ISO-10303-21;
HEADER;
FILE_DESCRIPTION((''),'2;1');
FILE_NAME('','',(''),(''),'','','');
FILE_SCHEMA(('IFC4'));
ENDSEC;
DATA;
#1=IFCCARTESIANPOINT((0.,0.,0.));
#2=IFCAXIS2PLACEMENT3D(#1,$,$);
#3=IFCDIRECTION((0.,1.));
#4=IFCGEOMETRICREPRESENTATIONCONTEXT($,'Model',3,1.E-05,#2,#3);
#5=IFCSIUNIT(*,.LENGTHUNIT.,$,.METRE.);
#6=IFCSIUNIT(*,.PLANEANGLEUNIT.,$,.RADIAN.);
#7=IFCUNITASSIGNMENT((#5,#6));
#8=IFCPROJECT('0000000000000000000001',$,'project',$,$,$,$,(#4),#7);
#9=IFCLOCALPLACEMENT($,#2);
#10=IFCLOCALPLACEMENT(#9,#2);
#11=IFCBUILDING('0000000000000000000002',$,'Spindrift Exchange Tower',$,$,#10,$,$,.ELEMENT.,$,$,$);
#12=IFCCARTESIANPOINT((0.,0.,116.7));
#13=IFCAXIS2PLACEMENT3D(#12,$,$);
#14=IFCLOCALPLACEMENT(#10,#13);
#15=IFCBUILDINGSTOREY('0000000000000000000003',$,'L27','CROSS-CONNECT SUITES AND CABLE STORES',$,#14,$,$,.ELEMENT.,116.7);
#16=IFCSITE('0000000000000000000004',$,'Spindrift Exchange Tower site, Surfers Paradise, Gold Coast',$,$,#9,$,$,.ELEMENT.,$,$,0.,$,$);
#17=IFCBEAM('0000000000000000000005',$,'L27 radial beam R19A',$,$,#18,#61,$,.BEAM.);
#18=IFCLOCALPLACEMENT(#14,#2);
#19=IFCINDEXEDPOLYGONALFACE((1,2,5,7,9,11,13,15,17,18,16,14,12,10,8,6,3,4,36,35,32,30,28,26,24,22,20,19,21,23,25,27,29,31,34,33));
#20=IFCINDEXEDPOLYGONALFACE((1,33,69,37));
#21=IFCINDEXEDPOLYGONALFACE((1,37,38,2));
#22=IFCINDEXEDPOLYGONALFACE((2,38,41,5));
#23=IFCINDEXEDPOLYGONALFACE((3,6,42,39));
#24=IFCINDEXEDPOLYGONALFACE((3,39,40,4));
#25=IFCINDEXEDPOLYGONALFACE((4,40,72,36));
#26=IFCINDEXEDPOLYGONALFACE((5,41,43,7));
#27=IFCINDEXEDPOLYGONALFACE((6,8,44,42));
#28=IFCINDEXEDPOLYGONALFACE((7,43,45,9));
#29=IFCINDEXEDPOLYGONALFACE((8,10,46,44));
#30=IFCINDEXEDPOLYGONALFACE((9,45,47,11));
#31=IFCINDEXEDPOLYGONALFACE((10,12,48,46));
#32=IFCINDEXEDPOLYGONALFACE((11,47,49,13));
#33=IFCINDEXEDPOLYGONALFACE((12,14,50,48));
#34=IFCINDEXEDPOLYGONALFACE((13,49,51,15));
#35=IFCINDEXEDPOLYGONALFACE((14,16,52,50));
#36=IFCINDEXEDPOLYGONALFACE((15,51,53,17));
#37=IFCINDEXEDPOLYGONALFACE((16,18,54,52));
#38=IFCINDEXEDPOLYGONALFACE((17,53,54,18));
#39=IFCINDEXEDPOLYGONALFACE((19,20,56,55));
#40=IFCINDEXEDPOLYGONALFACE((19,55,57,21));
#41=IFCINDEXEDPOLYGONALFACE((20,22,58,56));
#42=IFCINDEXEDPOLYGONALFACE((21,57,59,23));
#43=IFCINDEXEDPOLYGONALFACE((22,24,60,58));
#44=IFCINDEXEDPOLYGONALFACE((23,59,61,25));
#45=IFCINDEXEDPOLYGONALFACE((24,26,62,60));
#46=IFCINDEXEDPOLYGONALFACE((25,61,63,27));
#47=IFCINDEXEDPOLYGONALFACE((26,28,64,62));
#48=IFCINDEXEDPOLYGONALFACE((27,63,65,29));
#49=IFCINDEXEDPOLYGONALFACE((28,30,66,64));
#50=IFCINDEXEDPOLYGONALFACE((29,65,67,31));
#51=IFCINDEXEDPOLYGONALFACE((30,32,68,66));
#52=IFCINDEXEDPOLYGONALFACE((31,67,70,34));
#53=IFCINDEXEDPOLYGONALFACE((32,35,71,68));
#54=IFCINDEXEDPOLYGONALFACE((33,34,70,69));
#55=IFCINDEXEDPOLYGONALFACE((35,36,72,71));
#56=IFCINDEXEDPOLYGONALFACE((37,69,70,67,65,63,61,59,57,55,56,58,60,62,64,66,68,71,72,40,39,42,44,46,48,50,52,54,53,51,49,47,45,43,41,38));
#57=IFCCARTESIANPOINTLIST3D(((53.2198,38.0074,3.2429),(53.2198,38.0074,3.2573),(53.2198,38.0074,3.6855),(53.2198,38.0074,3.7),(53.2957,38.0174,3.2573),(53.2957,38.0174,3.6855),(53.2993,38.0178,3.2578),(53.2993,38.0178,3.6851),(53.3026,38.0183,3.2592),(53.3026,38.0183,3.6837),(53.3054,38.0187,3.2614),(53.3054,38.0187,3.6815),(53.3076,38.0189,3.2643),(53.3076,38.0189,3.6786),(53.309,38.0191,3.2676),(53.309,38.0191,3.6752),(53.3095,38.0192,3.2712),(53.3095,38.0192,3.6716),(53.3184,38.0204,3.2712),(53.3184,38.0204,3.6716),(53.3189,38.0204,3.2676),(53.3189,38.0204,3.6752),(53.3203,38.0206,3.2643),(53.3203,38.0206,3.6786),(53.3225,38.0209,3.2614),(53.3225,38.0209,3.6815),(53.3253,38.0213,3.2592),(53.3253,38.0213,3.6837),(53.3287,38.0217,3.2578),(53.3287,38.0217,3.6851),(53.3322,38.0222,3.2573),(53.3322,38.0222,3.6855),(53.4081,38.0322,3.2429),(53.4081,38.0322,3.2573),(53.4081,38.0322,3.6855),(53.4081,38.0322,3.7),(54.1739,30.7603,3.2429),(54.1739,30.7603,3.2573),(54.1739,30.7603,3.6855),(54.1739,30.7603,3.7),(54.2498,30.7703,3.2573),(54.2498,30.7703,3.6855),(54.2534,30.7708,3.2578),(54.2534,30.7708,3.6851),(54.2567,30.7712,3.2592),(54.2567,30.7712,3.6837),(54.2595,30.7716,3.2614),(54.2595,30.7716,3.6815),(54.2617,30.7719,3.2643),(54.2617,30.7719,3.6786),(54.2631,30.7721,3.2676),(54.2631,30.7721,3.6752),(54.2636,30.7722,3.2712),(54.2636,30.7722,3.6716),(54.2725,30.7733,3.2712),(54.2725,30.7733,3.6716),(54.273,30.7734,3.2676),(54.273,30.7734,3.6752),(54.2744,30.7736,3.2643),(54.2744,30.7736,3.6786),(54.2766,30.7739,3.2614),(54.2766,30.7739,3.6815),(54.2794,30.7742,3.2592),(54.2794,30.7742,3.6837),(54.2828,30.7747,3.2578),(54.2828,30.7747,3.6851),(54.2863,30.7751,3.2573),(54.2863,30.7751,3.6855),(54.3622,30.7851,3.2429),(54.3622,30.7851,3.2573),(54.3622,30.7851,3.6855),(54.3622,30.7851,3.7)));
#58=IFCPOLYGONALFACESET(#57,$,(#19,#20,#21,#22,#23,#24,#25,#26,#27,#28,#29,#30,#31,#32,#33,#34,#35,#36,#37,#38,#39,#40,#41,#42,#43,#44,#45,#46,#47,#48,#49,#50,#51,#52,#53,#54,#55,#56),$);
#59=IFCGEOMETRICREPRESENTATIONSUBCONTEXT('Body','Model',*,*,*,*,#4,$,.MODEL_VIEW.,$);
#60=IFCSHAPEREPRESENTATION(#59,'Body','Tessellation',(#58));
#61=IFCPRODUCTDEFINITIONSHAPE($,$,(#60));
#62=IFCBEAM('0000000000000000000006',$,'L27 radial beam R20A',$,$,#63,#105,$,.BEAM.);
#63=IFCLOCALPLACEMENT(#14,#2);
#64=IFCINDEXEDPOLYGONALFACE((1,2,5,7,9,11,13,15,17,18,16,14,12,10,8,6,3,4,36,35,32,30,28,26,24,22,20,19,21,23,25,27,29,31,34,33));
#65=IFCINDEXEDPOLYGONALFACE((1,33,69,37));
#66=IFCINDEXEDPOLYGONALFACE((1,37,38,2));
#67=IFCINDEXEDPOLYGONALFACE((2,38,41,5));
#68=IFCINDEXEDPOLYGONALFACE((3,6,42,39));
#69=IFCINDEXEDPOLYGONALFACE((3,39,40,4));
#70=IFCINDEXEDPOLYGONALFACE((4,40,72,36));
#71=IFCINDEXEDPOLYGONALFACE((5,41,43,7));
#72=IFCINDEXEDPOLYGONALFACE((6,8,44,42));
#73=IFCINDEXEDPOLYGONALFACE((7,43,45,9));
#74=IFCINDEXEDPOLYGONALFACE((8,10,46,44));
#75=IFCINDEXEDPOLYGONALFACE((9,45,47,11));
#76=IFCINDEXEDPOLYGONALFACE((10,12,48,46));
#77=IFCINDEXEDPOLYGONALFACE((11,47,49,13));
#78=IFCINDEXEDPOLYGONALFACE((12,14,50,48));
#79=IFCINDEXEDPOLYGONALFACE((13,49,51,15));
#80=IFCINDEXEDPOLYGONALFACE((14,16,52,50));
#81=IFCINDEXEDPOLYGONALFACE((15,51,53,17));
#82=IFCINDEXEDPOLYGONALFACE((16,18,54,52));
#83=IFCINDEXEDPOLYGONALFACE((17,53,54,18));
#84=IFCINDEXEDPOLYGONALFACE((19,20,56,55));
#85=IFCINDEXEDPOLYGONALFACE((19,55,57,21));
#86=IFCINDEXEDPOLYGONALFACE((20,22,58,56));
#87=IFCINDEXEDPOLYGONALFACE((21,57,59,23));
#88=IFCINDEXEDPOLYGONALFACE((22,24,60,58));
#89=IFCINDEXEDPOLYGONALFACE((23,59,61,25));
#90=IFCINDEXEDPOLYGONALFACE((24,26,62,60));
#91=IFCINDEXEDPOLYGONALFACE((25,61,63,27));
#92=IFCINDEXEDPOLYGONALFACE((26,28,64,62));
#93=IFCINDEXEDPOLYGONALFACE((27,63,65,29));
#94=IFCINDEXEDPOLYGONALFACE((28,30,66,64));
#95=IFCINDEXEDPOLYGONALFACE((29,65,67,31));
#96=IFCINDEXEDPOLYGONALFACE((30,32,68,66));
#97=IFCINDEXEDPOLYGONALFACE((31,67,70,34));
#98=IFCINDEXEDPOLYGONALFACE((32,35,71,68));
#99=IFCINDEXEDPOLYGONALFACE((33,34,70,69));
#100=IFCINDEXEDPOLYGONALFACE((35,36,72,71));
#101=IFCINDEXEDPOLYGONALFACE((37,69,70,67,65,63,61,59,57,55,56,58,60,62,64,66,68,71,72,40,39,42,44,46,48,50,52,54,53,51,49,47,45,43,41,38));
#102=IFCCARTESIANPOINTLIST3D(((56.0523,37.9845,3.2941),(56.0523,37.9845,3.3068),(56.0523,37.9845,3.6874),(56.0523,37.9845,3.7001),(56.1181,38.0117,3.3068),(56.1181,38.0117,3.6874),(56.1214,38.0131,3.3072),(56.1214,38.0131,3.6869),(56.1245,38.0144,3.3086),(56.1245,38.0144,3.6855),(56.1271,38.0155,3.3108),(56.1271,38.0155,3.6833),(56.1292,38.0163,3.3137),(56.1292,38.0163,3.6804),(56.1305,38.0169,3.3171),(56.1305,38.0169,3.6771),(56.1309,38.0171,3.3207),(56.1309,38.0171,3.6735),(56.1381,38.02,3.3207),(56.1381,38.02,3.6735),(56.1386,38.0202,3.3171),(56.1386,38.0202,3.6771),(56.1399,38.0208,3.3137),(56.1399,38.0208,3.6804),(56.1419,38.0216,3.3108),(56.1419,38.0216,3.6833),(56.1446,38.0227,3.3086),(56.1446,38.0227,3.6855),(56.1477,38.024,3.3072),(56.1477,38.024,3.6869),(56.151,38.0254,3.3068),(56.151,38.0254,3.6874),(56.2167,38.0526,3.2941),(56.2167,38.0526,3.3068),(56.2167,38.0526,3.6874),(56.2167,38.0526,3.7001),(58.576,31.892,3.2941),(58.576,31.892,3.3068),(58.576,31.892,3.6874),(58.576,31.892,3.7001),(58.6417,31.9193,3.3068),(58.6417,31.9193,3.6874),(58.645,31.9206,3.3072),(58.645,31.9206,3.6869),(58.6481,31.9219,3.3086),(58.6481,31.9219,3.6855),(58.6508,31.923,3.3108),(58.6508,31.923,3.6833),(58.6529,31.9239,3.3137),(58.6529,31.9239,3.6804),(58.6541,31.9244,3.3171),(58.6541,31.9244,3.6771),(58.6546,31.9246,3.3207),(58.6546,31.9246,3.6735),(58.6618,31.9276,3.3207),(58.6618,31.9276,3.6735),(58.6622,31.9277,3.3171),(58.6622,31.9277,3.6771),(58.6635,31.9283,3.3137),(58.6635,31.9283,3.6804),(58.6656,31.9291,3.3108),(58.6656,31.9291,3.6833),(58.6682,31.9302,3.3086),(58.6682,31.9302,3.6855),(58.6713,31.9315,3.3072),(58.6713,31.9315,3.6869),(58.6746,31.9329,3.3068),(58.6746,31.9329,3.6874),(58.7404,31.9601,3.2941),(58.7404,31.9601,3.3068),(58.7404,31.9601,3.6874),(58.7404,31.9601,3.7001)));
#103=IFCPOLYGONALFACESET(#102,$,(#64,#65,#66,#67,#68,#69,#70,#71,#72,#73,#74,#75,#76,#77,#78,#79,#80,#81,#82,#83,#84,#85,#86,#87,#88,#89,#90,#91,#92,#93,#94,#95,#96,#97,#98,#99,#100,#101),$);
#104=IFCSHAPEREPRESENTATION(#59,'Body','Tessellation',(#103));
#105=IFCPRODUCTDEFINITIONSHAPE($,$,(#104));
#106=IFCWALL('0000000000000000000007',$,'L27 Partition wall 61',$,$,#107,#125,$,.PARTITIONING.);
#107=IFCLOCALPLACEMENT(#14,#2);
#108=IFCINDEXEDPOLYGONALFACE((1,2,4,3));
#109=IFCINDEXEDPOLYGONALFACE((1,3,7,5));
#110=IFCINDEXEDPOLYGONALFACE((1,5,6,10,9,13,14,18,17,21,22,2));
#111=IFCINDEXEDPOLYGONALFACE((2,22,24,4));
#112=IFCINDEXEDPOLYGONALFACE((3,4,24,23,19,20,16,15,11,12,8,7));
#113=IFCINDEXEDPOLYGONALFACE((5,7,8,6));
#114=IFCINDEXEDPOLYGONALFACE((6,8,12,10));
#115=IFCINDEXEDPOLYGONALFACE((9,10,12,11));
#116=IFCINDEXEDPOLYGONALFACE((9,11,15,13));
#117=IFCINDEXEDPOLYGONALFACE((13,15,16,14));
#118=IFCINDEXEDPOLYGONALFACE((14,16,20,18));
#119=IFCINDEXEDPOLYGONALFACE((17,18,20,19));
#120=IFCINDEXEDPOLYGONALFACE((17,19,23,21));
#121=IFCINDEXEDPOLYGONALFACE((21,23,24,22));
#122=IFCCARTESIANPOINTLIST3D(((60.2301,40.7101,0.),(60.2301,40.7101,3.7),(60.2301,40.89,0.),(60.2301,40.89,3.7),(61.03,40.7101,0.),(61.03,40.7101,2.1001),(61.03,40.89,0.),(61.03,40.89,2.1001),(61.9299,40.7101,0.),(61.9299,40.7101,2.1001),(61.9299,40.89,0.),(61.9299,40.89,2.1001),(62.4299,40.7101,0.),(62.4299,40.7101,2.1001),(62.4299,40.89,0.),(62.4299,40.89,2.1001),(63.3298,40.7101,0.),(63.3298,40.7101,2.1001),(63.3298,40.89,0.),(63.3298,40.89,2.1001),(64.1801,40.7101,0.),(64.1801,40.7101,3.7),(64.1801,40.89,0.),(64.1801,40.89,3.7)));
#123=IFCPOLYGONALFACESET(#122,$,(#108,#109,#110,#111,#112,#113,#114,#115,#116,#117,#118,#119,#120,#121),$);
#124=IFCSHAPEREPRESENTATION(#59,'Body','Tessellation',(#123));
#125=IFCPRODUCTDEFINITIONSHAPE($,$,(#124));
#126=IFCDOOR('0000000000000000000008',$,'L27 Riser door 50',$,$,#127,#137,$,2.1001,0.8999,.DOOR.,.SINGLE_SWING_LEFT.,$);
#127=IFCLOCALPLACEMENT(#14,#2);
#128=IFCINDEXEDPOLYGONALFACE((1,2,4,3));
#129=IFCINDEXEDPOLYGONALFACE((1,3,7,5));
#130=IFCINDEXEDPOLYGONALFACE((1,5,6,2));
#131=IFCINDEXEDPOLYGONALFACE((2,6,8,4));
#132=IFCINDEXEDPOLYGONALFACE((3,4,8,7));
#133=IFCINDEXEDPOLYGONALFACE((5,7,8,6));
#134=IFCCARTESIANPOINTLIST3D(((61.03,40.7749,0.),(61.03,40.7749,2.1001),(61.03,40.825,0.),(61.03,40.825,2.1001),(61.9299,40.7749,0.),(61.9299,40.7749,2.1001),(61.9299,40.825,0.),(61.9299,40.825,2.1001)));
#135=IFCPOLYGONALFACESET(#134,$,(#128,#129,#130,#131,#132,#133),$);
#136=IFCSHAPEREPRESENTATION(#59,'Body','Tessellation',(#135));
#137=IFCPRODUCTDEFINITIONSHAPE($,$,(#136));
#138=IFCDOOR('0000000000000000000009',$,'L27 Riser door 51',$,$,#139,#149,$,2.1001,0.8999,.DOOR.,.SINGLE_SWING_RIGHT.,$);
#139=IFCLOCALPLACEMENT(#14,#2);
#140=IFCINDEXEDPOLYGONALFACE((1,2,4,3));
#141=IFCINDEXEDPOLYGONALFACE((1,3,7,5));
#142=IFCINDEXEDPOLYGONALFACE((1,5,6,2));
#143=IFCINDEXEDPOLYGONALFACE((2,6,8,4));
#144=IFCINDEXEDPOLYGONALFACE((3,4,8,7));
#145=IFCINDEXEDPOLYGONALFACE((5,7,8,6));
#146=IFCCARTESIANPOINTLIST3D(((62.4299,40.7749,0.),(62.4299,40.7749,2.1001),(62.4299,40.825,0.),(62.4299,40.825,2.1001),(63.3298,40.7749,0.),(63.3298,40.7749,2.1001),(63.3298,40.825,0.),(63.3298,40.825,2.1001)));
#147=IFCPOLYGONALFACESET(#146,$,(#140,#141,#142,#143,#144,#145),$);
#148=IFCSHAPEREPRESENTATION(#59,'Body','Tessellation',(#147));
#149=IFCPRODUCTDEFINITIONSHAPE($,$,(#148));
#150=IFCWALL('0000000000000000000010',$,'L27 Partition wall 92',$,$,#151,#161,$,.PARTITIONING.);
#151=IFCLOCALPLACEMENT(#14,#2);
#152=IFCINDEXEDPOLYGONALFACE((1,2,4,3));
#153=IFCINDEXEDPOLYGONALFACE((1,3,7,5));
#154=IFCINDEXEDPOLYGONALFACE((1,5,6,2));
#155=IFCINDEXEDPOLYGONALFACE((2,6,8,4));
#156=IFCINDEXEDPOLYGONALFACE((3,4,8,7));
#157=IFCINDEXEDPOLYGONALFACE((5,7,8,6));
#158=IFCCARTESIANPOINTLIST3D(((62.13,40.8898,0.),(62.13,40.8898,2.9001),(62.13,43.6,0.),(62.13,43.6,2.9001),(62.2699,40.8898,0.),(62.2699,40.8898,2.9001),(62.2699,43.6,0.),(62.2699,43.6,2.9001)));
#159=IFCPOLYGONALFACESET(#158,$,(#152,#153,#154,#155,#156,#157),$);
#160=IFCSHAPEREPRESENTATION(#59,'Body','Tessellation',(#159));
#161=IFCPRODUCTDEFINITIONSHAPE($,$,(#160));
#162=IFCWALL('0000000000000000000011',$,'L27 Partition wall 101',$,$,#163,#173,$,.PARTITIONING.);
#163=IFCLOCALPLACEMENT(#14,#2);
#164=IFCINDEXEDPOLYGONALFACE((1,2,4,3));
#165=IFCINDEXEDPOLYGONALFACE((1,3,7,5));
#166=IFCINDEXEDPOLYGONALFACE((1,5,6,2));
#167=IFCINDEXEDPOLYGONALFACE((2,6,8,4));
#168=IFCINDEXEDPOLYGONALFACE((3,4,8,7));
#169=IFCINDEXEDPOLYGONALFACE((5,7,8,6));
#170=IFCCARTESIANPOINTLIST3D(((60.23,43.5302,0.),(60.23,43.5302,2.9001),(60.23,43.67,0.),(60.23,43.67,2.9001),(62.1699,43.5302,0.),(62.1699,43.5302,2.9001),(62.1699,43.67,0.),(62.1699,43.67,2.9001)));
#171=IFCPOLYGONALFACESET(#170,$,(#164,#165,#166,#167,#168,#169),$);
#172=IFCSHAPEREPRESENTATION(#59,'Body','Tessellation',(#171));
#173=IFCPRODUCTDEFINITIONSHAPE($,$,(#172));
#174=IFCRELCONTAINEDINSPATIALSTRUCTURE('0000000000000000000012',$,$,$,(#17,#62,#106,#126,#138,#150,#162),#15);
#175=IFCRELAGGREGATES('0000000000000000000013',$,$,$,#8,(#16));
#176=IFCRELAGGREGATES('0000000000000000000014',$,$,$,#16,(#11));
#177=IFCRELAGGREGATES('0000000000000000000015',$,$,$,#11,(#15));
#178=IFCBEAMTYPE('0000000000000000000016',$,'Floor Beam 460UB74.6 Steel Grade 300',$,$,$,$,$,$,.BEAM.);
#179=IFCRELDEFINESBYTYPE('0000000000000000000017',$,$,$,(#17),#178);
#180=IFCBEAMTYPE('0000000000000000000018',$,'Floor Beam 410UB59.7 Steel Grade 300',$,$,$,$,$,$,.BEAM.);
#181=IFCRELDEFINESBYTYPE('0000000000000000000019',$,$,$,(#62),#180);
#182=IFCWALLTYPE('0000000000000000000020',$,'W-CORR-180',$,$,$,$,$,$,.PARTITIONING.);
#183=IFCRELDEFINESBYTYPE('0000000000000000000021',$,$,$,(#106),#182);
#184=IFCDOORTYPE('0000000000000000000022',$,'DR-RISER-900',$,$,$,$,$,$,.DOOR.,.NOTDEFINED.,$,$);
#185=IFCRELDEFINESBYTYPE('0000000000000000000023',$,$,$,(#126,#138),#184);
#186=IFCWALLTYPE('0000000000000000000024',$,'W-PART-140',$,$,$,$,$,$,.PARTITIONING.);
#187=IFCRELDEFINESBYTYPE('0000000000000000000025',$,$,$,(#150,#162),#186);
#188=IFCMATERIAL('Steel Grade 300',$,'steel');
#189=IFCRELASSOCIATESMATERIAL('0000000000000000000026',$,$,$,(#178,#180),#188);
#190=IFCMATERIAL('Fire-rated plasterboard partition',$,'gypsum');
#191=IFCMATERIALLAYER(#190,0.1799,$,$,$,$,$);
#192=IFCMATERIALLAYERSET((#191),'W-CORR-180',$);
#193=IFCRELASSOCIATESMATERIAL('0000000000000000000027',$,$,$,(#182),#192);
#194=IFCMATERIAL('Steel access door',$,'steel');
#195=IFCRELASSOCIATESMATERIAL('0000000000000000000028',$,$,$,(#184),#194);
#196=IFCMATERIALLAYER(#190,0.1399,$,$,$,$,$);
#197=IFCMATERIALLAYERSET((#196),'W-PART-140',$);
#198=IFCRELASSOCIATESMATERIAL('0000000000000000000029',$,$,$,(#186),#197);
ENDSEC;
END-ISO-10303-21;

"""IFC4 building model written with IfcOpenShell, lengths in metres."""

from ifc_helpers import new_model, si_unit, direction, frame, frame_2d, origin, origin_2d, place, context, subcontext, project, spatial, rectangle, i_section, extrude, source, transform, mapped, material, layer, layer_set, material_profile, profile_set, type_object, element, fill, save


model = new_model("IFC4")

# Units and contexts
model_context = context("Model", 3, precision=1e-05, world=origin(), true_north=direction((0.0, 1.0)))
body_context = subcontext(model_context, "Body", "Model", "MODEL_VIEW")
ifc_project = project(units=[si_unit("LENGTHUNIT", "METRE"), si_unit("PLANEANGLEUNIT", "RADIAN")], contexts=[model_context])

# Site, building, storey
site_placement = place(None, origin())
site = spatial("IfcSite", under=ifc_project, at=site_placement, Name="Spindrift Exchange Tower site, Surfers Paradise, Gold Coast", CompositionType="ELEMENT", RefElevation=0.0)
building_placement = place(site_placement, origin())
building = spatial("IfcBuilding", under=site, at=building_placement, Name="Spindrift Exchange Tower", CompositionType="ELEMENT")
storey_placement = place(building_placement, frame((0.0, 0.0, 116.7)))
storey = spatial("IfcBuildingStorey", under=building, at=storey_placement, Name="L27", Description="CROSS-CONNECT SUITES AND CABLE STORES", CompositionType="ELEMENT", Elevation=116.7)

# Beams
ifc_material_1 = material(Name="Steel Grade 300", Category="steel")
ifc_material_profile_1 = material_profile(ifc_material_1, i_section(OverallWidth=0.1899, OverallDepth=0.457, WebThickness=0.009, FlangeThickness=0.0144, FilletRadius=0.0139, at=origin_2d()), Name="460UB74.6")
ifc_profile_set_1 = profile_set([ifc_material_profile_1], Name="Steel Grade 300")
beam_type_1 = type_object("IfcBeamType", Name="Floor Beam 460UB74.6 Steel Grade 300", PredefinedType="BEAM", material=ifc_profile_set_1)
shared_shape_1 = source(origin(), body_context, "Body", "SweptSolid", [
    extrude(i_section(OverallWidth=0.1899, OverallDepth=0.457, WebThickness=0.009, FlangeThickness=0.0144, FilletRadius=0.0139, at=origin_2d()), origin(), (0.0, 0.0, 1.0), 7.3096),
])
beam_1_placement = place(storey_placement, frame((53.314, 38.0198, 3.4714), z_axis=(0.130527, -0.991445, 0.0), x_axis=(0.991445, 0.130527, 0.0)))
element("IfcBeam", 1, at=beam_1_placement, inside=storey, type_object=beam_type_1, Name="L27 radial beam R19A", PredefinedType="BEAM", context=body_context, shape_type="MappedRepresentation", body=[
    mapped(shared_shape_1, transform((0.0, 0.0, 0.0), scale=1.0)),
])
ifc_material_profile_2 = material_profile(ifc_material_1, i_section(OverallWidth=0.178, OverallDepth=0.406, WebThickness=0.0078, FlangeThickness=0.0127, FilletRadius=0.0139, at=origin_2d()), Name="410UB59.7")
ifc_profile_set_2 = profile_set([ifc_material_profile_2], Name="Steel Grade 300")
beam_type_2 = type_object("IfcBeamType", Name="Floor Beam 410UB59.7 Steel Grade 300", PredefinedType="BEAM", material=ifc_profile_set_2)
shared_shape_2 = source(origin(), body_context, "Body", "SweptSolid", [
    extrude(i_section(OverallWidth=0.178, OverallDepth=0.406, WebThickness=0.0078, FlangeThickness=0.0127, FilletRadius=0.0139, at=origin_2d()), origin(), (0.0, 0.0, 1.0), 6.5945),
])
beam_2_placement = place(storey_placement, frame((56.1345, 38.0186, 3.4971), z_axis=(0.382693, -0.923876, 0.0), x_axis=(0.923876, 0.382693, 0.0)))
element("IfcBeam", 2, at=beam_2_placement, inside=storey, type_object=beam_type_2, Name="L27 radial beam R20A", PredefinedType="BEAM", context=body_context, shape_type="MappedRepresentation", body=[
    mapped(shared_shape_2, transform((0.0, 0.0, 0.0), scale=1.0)),
])

# Wall, openings, doors
ifc_material_2 = material(Name="Fire-rated plasterboard partition", Category="gypsum")
ifc_layer_1 = layer(ifc_material_2, 0.1799)
ifc_layer_set_1 = layer_set([ifc_layer_1], Name="W-CORR-180")
wall_type_1 = type_object("IfcWallType", Name="W-CORR-180", PredefinedType="PARTITIONING", material=ifc_layer_set_1)
wall_1_placement = place(storey_placement, frame((60.23, 40.8, 0.0), z_axis=(0.0, 0.0, 1.0), x_axis=(1.0, 0.0, 0.0)))
wall_1 = element("IfcWall", 3, at=wall_1_placement, inside=storey, type_object=wall_type_1, Name="L27 Partition wall 61", PredefinedType="PARTITIONING", context=body_context, shape_type="SweptSolid", body=[
    extrude(rectangle(XDim=3.95, YDim=0.1799, at=frame_2d((1.9751, 0.0))), origin(), (0.0, 0.0, 1.0), 3.7),
])
opening_1_placement = place(wall_1_placement, frame((0.8, 0.0, 0.0)))
opening_1 = element("IfcOpeningElement", 4, at=opening_1_placement, cuts=wall_1, PredefinedType="OPENING", context=body_context, shape_type="SweptSolid", body=[
    extrude(rectangle(XDim=0.8999, YDim=2.1001, at=frame_2d((0.45, 1.05))), frame((0.0, 0.0999, 0.0), z_axis=(0.0, -1.0, 0.0), x_axis=(1.0, 0.0, 0.0)), (0.0, 0.0, 1.0), 0.2),
])
opening_2_placement = place(wall_1_placement, frame((2.2, 0.0, 0.0)))
opening_2 = element("IfcOpeningElement", 5, at=opening_2_placement, cuts=wall_1, PredefinedType="OPENING", context=body_context, shape_type="SweptSolid", body=[
    extrude(rectangle(XDim=0.8999, YDim=2.1001, at=frame_2d((0.45, 1.05))), frame((0.0, 0.0999, 0.0), z_axis=(0.0, -1.0, 0.0), x_axis=(1.0, 0.0, 0.0)), (0.0, 0.0, 1.0), 0.2),
])
ifc_material_3 = material(Name="Steel access door", Category="steel")
door_type_1 = type_object("IfcDoorType", Name="DR-RISER-900", OperationType="NOTDEFINED", PredefinedType="DOOR", material=ifc_material_3)
shared_shape_3 = source(origin(), body_context, "Body", "SweptSolid", [
    extrude(rectangle(XDim=0.8999, YDim=2.1001, at=frame_2d((0.45, 1.05))), frame((0.0, 0.0249, 0.0), z_axis=(0.0, -1.0, 0.0), x_axis=(1.0, 0.0, 0.0)), (0.0, 0.0, 1.0), 0.05),
])
door_1_placement = place(opening_1_placement, origin())
door_1 = element("IfcDoor", 6, at=door_1_placement, inside=storey, type_object=door_type_1, Name="L27 Riser door 50", OperationType="SINGLE_SWING_LEFT", OverallHeight=2.1001, OverallWidth=0.8999, PredefinedType="DOOR", context=body_context, shape_type="MappedRepresentation", body=[
    mapped(shared_shape_3, transform((0.0, 0.0, 0.0), scale=1.0)),
])
fill(opening_1, door_1)
door_2_placement = place(opening_2_placement, origin())
door_2 = element("IfcDoor", 7, at=door_2_placement, inside=storey, type_object=door_type_1, Name="L27 Riser door 51", OperationType="SINGLE_SWING_RIGHT", OverallHeight=2.1001, OverallWidth=0.8999, PredefinedType="DOOR", context=body_context, shape_type="MappedRepresentation", body=[
    mapped(shared_shape_3, transform((0.0, 0.0, 0.0), scale=1.0)),
])
fill(opening_2, door_2)

# Walls
ifc_layer_2 = layer(ifc_material_2, 0.1399)
ifc_layer_set_2 = layer_set([ifc_layer_2], Name="W-PART-140")
wall_type_2 = type_object("IfcWallType", Name="W-PART-140", PredefinedType="PARTITIONING", material=ifc_layer_set_2)
wall_2_placement = place(storey_placement, frame((62.2, 40.8899, 0.0), z_axis=(0.0, 0.0, 1.0), x_axis=(0.0, 1.0, 0.0)))
element("IfcWall", 8, at=wall_2_placement, inside=storey, type_object=wall_type_2, Name="L27 Partition wall 92", PredefinedType="PARTITIONING", context=body_context, shape_type="SweptSolid", body=[
    extrude(rectangle(XDim=2.7102, YDim=0.1399, at=frame_2d((1.355, 0.0))), origin(), (0.0, 0.0, 1.0), 2.9001),
])
wall_3_placement = place(storey_placement, frame((60.23, 43.6001, 0.0), z_axis=(0.0, 0.0, 1.0), x_axis=(1.0, 0.0, 0.0)))
element("IfcWall", 9, at=wall_3_placement, inside=storey, type_object=wall_type_2, Name="L27 Partition wall 101", PredefinedType="PARTITIONING", context=body_context, shape_type="SweptSolid", body=[
    extrude(rectangle(XDim=1.9399, YDim=0.1399, at=frame_2d((0.97, 0.0))), origin(), (0.0, 0.0, 1.0), 2.9001),
])

save(model, "model.ifc")
